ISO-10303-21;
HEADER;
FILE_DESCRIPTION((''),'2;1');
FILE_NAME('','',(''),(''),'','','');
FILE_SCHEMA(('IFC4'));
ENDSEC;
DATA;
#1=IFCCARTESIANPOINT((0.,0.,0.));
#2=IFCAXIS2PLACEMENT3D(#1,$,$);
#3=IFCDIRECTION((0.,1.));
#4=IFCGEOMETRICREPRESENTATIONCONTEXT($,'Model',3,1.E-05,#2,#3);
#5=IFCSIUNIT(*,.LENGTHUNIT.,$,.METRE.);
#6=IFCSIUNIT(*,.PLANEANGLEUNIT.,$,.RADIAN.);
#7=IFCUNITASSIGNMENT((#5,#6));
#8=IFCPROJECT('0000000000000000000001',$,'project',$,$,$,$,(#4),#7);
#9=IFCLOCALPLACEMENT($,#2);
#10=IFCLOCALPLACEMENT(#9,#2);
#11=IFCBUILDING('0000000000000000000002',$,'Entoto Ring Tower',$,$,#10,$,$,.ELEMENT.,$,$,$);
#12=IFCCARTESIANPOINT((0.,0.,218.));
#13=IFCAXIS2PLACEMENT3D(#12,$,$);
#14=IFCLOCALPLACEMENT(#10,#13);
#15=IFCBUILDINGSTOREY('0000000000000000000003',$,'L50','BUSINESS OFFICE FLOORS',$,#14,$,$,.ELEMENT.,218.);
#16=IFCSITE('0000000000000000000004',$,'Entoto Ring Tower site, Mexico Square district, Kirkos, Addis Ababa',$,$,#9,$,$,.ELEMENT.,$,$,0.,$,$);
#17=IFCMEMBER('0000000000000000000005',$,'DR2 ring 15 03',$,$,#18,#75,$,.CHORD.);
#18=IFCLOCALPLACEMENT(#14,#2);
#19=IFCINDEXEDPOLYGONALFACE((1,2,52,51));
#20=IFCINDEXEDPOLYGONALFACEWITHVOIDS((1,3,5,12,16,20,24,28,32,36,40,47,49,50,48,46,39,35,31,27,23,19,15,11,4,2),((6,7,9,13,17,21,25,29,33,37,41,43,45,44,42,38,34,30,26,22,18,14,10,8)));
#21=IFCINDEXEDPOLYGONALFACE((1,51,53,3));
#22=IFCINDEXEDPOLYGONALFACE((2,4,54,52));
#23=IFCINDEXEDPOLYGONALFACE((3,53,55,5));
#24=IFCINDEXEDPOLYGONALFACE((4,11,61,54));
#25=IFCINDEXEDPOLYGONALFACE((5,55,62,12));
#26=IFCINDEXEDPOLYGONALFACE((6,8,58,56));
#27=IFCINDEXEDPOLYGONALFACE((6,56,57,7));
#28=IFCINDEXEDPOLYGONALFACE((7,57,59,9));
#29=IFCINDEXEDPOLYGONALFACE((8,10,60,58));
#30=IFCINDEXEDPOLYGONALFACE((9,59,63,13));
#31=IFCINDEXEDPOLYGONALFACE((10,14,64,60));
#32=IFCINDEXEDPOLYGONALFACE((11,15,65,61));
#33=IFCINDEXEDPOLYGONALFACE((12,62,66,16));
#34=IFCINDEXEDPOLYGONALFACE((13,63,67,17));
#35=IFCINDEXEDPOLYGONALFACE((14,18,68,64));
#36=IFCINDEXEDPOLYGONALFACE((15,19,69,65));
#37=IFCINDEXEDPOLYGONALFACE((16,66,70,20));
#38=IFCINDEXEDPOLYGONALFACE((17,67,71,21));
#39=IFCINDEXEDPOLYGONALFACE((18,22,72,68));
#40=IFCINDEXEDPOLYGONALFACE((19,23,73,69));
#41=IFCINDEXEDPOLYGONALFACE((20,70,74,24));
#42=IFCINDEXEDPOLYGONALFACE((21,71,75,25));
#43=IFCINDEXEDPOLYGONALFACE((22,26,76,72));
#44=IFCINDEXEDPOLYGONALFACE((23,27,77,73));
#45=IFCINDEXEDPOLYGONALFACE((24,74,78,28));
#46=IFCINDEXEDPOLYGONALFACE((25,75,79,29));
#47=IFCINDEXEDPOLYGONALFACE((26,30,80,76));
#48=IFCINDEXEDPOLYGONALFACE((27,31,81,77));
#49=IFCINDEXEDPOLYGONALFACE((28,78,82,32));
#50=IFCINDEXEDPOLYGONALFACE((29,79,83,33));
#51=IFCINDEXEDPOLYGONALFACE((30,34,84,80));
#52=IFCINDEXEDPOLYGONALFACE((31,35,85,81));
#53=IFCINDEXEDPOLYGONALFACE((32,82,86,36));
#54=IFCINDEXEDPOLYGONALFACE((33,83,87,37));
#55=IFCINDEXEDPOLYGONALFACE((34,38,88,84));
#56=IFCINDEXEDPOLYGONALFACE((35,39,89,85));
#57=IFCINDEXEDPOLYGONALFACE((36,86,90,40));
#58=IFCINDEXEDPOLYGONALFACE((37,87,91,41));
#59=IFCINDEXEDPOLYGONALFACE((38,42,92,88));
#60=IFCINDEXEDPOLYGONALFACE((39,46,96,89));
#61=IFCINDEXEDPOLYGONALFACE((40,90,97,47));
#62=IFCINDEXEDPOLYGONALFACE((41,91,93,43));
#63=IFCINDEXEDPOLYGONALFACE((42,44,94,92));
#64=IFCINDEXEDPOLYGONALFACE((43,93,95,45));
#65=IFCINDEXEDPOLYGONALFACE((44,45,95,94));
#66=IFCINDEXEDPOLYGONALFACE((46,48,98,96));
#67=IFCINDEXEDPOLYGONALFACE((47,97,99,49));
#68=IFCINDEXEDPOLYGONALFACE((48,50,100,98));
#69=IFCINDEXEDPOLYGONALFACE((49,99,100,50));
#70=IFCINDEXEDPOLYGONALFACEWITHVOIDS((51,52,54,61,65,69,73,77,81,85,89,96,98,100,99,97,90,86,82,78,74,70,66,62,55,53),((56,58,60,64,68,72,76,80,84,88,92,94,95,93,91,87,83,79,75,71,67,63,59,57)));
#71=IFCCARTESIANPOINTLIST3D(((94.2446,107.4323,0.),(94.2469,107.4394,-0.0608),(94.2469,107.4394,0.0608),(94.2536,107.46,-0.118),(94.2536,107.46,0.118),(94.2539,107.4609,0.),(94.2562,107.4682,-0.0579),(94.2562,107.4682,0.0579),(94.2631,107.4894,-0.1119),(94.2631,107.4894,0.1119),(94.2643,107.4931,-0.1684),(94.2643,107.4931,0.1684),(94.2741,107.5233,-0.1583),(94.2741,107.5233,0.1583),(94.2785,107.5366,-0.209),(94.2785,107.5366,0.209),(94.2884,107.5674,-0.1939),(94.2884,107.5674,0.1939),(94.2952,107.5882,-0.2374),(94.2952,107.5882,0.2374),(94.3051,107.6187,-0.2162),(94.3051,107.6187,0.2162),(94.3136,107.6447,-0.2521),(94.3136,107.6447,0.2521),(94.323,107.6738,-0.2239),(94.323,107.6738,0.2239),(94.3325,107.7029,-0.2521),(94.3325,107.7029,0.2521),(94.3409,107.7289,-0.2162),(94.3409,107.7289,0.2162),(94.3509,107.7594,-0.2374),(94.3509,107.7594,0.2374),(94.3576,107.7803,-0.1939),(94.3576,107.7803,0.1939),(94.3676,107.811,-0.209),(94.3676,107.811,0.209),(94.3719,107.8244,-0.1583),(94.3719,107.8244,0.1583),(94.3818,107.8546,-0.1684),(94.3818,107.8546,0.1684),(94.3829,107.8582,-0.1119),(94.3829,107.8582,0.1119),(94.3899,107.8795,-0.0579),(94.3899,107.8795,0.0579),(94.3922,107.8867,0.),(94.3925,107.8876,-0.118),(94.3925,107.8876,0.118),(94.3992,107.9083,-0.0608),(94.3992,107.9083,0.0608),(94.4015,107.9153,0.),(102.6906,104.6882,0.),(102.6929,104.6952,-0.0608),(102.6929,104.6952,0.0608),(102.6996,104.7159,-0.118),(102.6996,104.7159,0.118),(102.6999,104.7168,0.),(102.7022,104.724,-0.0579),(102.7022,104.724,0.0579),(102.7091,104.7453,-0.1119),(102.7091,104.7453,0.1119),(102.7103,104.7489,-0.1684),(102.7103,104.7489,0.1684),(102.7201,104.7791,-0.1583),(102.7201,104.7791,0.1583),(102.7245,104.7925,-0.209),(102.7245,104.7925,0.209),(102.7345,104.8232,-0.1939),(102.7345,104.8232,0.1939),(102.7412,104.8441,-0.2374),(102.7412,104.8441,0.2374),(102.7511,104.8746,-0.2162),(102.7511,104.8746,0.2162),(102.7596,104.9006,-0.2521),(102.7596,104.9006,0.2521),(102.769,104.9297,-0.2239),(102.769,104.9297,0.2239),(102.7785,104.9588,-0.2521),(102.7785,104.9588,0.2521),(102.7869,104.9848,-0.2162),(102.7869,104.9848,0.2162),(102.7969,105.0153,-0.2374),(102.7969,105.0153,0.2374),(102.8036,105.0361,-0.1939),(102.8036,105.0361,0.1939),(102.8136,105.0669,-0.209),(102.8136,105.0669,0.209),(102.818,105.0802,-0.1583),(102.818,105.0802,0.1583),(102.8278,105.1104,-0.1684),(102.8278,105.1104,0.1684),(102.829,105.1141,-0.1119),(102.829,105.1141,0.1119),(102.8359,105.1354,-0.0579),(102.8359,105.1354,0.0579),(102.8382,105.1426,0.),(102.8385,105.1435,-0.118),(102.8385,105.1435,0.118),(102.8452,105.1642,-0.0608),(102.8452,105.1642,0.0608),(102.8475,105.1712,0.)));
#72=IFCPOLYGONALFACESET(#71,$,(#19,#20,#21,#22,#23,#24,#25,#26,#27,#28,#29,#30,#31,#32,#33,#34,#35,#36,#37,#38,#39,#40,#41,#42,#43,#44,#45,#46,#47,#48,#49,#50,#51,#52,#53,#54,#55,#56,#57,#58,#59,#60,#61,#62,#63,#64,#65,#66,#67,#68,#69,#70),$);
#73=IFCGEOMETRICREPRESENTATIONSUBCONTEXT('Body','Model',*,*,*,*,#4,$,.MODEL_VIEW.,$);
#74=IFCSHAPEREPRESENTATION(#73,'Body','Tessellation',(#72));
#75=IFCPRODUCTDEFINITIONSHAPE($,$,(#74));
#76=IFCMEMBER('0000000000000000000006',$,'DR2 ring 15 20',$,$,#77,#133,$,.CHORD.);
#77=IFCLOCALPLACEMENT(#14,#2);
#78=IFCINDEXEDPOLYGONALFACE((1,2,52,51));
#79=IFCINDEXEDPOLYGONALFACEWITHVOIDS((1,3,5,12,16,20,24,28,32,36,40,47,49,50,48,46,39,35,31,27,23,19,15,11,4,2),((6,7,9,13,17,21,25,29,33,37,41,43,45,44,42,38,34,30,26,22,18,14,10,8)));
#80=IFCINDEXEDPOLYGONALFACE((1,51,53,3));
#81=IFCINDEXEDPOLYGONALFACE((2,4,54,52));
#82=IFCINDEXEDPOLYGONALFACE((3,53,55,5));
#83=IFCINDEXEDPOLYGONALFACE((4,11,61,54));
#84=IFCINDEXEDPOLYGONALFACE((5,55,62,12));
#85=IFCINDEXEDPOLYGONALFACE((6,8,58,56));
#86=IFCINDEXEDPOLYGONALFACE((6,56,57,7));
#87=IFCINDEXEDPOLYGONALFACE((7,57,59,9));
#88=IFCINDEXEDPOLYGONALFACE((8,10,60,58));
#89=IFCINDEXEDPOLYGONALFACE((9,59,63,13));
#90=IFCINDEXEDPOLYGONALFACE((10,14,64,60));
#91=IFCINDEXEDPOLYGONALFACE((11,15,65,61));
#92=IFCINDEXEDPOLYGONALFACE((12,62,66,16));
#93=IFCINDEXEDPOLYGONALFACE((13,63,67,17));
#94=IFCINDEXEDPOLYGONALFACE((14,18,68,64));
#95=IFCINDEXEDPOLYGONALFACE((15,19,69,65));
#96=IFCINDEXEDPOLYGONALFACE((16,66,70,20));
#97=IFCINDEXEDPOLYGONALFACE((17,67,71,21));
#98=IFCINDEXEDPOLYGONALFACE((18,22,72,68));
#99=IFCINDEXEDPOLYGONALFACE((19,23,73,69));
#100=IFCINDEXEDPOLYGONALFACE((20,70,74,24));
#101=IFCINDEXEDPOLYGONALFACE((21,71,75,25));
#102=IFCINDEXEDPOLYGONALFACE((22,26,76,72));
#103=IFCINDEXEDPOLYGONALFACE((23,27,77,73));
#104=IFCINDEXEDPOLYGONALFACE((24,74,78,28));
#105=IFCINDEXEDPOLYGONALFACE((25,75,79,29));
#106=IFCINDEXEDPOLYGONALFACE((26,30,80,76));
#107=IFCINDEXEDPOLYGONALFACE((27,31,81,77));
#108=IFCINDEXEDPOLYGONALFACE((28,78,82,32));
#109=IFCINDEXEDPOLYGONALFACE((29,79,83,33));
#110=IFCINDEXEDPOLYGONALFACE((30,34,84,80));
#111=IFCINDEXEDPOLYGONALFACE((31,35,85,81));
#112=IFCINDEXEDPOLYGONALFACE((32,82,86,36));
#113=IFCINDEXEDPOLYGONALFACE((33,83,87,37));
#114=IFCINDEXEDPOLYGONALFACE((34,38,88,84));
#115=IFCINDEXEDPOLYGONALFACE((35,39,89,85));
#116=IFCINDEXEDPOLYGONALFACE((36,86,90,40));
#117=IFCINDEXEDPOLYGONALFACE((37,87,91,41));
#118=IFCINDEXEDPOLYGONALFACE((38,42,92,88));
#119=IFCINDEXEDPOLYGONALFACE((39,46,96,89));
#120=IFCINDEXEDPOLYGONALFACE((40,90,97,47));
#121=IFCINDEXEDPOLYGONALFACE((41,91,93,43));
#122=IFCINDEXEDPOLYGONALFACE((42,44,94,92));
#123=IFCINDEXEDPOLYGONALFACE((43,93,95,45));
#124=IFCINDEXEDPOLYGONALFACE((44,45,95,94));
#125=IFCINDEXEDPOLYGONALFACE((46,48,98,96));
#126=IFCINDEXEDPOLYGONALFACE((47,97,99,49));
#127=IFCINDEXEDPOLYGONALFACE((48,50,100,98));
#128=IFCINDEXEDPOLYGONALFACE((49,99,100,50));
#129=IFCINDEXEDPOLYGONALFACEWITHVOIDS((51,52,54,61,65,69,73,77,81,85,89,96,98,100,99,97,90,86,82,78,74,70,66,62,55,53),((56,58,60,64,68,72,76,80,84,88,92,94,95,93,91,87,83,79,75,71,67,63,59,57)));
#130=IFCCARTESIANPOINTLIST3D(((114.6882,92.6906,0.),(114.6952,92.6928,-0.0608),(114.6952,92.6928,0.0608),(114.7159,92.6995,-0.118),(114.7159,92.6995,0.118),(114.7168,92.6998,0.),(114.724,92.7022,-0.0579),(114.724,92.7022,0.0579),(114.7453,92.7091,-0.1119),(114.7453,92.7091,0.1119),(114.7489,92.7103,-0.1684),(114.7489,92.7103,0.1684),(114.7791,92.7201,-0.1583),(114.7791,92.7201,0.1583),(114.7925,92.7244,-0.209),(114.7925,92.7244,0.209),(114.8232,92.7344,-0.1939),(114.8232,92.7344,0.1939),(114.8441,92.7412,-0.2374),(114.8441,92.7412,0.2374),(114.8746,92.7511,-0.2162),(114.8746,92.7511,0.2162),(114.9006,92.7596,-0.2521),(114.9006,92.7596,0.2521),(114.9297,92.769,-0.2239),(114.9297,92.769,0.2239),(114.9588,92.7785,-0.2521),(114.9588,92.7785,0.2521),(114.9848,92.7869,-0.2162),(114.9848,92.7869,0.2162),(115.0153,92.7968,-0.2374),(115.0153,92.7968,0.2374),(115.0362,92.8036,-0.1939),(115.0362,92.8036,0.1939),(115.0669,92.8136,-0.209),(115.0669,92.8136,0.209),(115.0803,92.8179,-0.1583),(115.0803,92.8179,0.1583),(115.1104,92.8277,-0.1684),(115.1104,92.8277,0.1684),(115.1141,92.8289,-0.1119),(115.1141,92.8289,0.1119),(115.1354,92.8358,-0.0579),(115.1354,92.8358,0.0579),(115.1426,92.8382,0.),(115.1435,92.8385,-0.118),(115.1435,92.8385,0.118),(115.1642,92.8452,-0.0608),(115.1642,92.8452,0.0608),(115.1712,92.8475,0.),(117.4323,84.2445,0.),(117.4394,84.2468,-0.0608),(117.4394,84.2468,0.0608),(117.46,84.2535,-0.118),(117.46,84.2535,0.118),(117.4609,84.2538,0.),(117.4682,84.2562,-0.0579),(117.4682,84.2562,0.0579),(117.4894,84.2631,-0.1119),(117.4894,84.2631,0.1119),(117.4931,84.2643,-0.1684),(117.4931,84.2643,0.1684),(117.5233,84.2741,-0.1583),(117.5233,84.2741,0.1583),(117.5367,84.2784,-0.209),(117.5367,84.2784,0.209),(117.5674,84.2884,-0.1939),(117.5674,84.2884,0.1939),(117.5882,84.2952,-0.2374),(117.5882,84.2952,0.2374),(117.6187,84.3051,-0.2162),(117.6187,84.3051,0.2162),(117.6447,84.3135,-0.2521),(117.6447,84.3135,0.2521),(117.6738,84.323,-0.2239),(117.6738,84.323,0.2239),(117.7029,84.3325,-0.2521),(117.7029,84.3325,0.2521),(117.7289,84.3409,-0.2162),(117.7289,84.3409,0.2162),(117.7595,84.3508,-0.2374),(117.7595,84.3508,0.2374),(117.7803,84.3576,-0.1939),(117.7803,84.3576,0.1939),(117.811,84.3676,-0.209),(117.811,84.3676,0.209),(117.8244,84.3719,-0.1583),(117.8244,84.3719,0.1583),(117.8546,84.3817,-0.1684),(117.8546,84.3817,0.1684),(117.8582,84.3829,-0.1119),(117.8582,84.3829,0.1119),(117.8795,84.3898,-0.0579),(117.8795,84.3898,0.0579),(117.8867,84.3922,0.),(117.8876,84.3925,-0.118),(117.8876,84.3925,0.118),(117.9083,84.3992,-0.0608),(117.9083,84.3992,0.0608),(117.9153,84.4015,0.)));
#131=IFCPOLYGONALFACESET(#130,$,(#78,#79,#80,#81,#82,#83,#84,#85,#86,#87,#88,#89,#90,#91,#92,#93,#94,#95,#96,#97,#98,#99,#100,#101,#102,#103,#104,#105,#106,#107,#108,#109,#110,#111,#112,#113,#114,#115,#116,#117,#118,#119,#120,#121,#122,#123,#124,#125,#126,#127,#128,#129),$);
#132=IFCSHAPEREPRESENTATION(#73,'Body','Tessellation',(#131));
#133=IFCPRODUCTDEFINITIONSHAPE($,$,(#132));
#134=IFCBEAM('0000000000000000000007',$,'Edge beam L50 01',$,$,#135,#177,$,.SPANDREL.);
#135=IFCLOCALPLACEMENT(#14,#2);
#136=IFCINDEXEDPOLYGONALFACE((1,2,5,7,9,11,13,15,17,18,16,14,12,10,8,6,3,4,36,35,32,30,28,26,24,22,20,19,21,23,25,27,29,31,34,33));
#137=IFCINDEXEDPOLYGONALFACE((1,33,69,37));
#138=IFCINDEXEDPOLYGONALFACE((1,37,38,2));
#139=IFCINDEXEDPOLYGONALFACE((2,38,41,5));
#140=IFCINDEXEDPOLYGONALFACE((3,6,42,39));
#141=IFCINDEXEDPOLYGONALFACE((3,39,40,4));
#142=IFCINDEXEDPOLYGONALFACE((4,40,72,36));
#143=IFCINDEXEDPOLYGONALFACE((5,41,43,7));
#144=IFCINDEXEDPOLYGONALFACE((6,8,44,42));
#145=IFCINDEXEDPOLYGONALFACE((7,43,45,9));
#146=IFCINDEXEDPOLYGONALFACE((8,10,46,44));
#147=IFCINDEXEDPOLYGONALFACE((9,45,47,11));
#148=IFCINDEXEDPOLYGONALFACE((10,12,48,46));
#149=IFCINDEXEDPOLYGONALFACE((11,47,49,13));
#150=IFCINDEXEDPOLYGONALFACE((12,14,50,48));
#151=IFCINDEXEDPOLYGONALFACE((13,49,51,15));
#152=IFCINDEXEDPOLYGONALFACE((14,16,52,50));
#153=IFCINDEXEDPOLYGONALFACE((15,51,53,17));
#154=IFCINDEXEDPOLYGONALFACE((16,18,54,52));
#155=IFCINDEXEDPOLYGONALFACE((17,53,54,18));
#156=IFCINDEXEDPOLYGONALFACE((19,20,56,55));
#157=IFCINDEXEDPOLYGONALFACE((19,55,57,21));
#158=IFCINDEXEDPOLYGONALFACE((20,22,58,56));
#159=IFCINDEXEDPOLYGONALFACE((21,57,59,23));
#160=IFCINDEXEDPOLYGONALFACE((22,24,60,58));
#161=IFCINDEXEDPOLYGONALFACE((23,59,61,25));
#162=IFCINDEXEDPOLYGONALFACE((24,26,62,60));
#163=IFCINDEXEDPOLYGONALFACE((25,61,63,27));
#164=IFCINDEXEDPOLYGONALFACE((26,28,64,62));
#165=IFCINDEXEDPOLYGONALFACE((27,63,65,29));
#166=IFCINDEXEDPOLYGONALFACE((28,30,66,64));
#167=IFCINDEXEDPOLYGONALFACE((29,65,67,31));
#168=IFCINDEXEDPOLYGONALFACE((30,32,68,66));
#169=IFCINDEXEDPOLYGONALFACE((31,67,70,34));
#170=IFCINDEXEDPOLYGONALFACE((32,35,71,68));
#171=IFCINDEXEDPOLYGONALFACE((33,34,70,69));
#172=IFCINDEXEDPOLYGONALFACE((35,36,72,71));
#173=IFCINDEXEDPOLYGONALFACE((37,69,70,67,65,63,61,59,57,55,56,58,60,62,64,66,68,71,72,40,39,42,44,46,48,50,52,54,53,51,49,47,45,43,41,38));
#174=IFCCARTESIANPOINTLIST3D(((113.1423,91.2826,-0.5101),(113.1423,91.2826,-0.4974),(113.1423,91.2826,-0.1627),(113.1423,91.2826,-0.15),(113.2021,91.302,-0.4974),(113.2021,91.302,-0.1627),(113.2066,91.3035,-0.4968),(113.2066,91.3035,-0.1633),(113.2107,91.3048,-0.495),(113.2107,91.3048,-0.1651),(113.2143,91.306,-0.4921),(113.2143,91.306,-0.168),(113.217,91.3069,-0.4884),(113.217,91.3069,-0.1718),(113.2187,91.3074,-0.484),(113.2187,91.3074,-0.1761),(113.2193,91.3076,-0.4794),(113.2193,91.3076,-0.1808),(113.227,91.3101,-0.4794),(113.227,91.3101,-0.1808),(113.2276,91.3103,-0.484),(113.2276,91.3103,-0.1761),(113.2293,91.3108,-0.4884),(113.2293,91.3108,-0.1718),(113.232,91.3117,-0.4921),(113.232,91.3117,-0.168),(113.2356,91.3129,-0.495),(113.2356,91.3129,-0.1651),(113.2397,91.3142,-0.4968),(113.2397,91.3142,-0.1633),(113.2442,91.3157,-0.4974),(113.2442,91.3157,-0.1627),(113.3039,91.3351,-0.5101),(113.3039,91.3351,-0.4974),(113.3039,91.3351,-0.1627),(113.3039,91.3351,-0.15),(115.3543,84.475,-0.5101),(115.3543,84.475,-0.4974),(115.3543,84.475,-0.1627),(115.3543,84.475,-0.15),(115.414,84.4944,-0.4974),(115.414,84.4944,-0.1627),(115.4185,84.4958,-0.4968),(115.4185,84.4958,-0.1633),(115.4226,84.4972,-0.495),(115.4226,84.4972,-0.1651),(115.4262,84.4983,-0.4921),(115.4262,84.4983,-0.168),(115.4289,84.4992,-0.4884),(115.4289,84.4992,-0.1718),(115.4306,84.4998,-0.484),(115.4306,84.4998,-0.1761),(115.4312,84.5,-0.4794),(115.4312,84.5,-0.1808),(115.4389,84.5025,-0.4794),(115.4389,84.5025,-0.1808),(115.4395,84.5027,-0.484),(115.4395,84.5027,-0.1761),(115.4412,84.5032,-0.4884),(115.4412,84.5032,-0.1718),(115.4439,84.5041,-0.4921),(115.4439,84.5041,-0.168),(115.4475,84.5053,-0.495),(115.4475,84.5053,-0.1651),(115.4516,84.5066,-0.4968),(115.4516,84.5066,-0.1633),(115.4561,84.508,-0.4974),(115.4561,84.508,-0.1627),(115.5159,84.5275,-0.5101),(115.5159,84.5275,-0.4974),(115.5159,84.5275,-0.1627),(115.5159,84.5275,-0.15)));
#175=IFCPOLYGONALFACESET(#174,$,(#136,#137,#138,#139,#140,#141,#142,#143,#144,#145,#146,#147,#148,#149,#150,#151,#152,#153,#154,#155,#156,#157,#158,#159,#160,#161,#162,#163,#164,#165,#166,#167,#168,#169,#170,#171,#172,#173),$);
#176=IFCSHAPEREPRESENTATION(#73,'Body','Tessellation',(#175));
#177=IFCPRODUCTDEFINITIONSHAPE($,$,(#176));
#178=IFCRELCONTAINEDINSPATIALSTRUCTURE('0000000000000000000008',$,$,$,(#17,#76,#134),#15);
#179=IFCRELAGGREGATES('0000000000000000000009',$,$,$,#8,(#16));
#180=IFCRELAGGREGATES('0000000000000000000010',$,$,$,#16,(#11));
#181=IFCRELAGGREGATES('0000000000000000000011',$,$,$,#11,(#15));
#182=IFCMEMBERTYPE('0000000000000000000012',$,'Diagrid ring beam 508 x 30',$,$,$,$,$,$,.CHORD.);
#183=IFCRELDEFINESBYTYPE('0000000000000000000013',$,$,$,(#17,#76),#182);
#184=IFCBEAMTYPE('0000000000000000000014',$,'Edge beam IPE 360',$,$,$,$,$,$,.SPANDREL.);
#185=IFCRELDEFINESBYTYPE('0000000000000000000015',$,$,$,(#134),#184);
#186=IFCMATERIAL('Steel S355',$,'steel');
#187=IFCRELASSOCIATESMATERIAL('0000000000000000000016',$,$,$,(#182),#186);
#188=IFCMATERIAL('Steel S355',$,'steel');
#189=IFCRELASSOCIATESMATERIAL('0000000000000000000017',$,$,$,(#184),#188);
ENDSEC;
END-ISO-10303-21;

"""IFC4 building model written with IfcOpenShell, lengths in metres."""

from ifc_helpers import new_model, si_unit, direction, frame, origin, origin_2d, place, context, subcontext, project, spatial, circle, hollow_circle, i_section, extrude, material, material_profile, profile_set, type_object, element, save


model = new_model("IFC4")

# Units and contexts
model_context = context("Model", 3, precision=1e-05, world=origin(), true_north=direction((0.0, 1.0)))
body_context = subcontext(model_context, "Body", "Model", "MODEL_VIEW")
ifc_project = project(units=[si_unit("LENGTHUNIT", "METRE"), si_unit("PLANEANGLEUNIT", "RADIAN")], contexts=[model_context])

# Site, building, storey
site_placement = place(None, origin())
site = spatial("IfcSite", under=ifc_project, at=site_placement, Name="Entoto Ring Tower site, Mexico Square district, Kirkos, Addis Ababa", CompositionType="ELEMENT", RefElevation=0.0)
building_placement = place(site_placement, origin())
building = spatial("IfcBuilding", under=site, at=building_placement, Name="Entoto Ring Tower", CompositionType="ELEMENT")
storey_placement = place(building_placement, frame((0.0, 0.0, 218.0)))
storey = spatial("IfcBuildingStorey", under=building, at=storey_placement, Name="L50", Description="BUSINESS OFFICE FLOORS", CompositionType="ELEMENT", Elevation=218.0)

# Members
ifc_material_1 = material(Name="Steel S355", Category="steel")
ifc_material_profile_1 = material_profile(ifc_material_1, hollow_circle(Radius=0.2539, WallThickness=0.03, at=origin_2d()), Name="CHS 508 x 30")
ifc_material_2 = material(Name="Concrete C60/75", Category="concrete")
ifc_material_profile_2 = material_profile(ifc_material_2, circle(Radius=0.2241, at=origin_2d()), Name="Concrete C60/75 infill")
ifc_profile_set_1 = profile_set([ifc_material_profile_1, ifc_material_profile_2], Name="Steel S355")
member_type_1 = type_object("IfcMemberType", Name="Diagrid ring beam 508 x 30", PredefinedType="CHORD", material=ifc_profile_set_1)
for number, where, z_axis, x_axis, name in (
    (1, (102.769, 104.9297, 0.0), (-0.951061, 0.309002, 0.0), (-0.309002, -0.951061, 0.0), "DR2 ring 15 03"),
    (2, (117.6738, 84.323, 0.0), (-0.309002, 0.951061, 0.0), (-0.951061, -0.309002, 0.0), "DR2 ring 15 20"),
):
    element("IfcMember", number, at=place(storey_placement, frame(where, z_axis=z_axis, x_axis=x_axis)), inside=storey, type_object=member_type_1, Name=name, PredefinedType="CHORD", context=body_context, shape_type="SweptSolid", body=[
        extrude(hollow_circle(Radius=0.2539, WallThickness=0.03, at=origin_2d()), origin(), (0.0, 0.0, 1.0), 8.8806),
    ])

# Beam
ifc_material_3 = material(Name="Steel S355", Category="steel")
ifc_material_profile_3 = material_profile(ifc_material_3, i_section(OverallWidth=0.1699, OverallDepth=0.3601, WebThickness=0.0081, FlangeThickness=0.0127, FilletRadius=0.0181, at=origin_2d()), Name="IPE 360")
ifc_profile_set_2 = profile_set([ifc_material_profile_3], Name="Steel S355")
beam_type_1 = type_object("IfcBeamType", Name="Edge beam IPE 360", PredefinedType="SPANDREL", material=ifc_profile_set_2)
beam_1_placement = place(storey_placement, frame((115.4351, 84.5012, -0.3301), z_axis=(-0.309015, 0.951057, 0.0), x_axis=(-0.951057, -0.309015, 0.0)))
element("IfcBeam", 3, at=beam_1_placement, inside=storey, type_object=beam_type_1, Name="Edge beam L50 01", PredefinedType="SPANDREL", context=body_context, shape_type="SweptSolid", body=[
    extrude(i_section(OverallWidth=0.1699, OverallDepth=0.3601, WebThickness=0.0081, FlangeThickness=0.0127, FilletRadius=0.0181, at=origin_2d()), origin(), (0.0, 0.0, 1.0), 7.158),
])

save(model, "model.ifc")
